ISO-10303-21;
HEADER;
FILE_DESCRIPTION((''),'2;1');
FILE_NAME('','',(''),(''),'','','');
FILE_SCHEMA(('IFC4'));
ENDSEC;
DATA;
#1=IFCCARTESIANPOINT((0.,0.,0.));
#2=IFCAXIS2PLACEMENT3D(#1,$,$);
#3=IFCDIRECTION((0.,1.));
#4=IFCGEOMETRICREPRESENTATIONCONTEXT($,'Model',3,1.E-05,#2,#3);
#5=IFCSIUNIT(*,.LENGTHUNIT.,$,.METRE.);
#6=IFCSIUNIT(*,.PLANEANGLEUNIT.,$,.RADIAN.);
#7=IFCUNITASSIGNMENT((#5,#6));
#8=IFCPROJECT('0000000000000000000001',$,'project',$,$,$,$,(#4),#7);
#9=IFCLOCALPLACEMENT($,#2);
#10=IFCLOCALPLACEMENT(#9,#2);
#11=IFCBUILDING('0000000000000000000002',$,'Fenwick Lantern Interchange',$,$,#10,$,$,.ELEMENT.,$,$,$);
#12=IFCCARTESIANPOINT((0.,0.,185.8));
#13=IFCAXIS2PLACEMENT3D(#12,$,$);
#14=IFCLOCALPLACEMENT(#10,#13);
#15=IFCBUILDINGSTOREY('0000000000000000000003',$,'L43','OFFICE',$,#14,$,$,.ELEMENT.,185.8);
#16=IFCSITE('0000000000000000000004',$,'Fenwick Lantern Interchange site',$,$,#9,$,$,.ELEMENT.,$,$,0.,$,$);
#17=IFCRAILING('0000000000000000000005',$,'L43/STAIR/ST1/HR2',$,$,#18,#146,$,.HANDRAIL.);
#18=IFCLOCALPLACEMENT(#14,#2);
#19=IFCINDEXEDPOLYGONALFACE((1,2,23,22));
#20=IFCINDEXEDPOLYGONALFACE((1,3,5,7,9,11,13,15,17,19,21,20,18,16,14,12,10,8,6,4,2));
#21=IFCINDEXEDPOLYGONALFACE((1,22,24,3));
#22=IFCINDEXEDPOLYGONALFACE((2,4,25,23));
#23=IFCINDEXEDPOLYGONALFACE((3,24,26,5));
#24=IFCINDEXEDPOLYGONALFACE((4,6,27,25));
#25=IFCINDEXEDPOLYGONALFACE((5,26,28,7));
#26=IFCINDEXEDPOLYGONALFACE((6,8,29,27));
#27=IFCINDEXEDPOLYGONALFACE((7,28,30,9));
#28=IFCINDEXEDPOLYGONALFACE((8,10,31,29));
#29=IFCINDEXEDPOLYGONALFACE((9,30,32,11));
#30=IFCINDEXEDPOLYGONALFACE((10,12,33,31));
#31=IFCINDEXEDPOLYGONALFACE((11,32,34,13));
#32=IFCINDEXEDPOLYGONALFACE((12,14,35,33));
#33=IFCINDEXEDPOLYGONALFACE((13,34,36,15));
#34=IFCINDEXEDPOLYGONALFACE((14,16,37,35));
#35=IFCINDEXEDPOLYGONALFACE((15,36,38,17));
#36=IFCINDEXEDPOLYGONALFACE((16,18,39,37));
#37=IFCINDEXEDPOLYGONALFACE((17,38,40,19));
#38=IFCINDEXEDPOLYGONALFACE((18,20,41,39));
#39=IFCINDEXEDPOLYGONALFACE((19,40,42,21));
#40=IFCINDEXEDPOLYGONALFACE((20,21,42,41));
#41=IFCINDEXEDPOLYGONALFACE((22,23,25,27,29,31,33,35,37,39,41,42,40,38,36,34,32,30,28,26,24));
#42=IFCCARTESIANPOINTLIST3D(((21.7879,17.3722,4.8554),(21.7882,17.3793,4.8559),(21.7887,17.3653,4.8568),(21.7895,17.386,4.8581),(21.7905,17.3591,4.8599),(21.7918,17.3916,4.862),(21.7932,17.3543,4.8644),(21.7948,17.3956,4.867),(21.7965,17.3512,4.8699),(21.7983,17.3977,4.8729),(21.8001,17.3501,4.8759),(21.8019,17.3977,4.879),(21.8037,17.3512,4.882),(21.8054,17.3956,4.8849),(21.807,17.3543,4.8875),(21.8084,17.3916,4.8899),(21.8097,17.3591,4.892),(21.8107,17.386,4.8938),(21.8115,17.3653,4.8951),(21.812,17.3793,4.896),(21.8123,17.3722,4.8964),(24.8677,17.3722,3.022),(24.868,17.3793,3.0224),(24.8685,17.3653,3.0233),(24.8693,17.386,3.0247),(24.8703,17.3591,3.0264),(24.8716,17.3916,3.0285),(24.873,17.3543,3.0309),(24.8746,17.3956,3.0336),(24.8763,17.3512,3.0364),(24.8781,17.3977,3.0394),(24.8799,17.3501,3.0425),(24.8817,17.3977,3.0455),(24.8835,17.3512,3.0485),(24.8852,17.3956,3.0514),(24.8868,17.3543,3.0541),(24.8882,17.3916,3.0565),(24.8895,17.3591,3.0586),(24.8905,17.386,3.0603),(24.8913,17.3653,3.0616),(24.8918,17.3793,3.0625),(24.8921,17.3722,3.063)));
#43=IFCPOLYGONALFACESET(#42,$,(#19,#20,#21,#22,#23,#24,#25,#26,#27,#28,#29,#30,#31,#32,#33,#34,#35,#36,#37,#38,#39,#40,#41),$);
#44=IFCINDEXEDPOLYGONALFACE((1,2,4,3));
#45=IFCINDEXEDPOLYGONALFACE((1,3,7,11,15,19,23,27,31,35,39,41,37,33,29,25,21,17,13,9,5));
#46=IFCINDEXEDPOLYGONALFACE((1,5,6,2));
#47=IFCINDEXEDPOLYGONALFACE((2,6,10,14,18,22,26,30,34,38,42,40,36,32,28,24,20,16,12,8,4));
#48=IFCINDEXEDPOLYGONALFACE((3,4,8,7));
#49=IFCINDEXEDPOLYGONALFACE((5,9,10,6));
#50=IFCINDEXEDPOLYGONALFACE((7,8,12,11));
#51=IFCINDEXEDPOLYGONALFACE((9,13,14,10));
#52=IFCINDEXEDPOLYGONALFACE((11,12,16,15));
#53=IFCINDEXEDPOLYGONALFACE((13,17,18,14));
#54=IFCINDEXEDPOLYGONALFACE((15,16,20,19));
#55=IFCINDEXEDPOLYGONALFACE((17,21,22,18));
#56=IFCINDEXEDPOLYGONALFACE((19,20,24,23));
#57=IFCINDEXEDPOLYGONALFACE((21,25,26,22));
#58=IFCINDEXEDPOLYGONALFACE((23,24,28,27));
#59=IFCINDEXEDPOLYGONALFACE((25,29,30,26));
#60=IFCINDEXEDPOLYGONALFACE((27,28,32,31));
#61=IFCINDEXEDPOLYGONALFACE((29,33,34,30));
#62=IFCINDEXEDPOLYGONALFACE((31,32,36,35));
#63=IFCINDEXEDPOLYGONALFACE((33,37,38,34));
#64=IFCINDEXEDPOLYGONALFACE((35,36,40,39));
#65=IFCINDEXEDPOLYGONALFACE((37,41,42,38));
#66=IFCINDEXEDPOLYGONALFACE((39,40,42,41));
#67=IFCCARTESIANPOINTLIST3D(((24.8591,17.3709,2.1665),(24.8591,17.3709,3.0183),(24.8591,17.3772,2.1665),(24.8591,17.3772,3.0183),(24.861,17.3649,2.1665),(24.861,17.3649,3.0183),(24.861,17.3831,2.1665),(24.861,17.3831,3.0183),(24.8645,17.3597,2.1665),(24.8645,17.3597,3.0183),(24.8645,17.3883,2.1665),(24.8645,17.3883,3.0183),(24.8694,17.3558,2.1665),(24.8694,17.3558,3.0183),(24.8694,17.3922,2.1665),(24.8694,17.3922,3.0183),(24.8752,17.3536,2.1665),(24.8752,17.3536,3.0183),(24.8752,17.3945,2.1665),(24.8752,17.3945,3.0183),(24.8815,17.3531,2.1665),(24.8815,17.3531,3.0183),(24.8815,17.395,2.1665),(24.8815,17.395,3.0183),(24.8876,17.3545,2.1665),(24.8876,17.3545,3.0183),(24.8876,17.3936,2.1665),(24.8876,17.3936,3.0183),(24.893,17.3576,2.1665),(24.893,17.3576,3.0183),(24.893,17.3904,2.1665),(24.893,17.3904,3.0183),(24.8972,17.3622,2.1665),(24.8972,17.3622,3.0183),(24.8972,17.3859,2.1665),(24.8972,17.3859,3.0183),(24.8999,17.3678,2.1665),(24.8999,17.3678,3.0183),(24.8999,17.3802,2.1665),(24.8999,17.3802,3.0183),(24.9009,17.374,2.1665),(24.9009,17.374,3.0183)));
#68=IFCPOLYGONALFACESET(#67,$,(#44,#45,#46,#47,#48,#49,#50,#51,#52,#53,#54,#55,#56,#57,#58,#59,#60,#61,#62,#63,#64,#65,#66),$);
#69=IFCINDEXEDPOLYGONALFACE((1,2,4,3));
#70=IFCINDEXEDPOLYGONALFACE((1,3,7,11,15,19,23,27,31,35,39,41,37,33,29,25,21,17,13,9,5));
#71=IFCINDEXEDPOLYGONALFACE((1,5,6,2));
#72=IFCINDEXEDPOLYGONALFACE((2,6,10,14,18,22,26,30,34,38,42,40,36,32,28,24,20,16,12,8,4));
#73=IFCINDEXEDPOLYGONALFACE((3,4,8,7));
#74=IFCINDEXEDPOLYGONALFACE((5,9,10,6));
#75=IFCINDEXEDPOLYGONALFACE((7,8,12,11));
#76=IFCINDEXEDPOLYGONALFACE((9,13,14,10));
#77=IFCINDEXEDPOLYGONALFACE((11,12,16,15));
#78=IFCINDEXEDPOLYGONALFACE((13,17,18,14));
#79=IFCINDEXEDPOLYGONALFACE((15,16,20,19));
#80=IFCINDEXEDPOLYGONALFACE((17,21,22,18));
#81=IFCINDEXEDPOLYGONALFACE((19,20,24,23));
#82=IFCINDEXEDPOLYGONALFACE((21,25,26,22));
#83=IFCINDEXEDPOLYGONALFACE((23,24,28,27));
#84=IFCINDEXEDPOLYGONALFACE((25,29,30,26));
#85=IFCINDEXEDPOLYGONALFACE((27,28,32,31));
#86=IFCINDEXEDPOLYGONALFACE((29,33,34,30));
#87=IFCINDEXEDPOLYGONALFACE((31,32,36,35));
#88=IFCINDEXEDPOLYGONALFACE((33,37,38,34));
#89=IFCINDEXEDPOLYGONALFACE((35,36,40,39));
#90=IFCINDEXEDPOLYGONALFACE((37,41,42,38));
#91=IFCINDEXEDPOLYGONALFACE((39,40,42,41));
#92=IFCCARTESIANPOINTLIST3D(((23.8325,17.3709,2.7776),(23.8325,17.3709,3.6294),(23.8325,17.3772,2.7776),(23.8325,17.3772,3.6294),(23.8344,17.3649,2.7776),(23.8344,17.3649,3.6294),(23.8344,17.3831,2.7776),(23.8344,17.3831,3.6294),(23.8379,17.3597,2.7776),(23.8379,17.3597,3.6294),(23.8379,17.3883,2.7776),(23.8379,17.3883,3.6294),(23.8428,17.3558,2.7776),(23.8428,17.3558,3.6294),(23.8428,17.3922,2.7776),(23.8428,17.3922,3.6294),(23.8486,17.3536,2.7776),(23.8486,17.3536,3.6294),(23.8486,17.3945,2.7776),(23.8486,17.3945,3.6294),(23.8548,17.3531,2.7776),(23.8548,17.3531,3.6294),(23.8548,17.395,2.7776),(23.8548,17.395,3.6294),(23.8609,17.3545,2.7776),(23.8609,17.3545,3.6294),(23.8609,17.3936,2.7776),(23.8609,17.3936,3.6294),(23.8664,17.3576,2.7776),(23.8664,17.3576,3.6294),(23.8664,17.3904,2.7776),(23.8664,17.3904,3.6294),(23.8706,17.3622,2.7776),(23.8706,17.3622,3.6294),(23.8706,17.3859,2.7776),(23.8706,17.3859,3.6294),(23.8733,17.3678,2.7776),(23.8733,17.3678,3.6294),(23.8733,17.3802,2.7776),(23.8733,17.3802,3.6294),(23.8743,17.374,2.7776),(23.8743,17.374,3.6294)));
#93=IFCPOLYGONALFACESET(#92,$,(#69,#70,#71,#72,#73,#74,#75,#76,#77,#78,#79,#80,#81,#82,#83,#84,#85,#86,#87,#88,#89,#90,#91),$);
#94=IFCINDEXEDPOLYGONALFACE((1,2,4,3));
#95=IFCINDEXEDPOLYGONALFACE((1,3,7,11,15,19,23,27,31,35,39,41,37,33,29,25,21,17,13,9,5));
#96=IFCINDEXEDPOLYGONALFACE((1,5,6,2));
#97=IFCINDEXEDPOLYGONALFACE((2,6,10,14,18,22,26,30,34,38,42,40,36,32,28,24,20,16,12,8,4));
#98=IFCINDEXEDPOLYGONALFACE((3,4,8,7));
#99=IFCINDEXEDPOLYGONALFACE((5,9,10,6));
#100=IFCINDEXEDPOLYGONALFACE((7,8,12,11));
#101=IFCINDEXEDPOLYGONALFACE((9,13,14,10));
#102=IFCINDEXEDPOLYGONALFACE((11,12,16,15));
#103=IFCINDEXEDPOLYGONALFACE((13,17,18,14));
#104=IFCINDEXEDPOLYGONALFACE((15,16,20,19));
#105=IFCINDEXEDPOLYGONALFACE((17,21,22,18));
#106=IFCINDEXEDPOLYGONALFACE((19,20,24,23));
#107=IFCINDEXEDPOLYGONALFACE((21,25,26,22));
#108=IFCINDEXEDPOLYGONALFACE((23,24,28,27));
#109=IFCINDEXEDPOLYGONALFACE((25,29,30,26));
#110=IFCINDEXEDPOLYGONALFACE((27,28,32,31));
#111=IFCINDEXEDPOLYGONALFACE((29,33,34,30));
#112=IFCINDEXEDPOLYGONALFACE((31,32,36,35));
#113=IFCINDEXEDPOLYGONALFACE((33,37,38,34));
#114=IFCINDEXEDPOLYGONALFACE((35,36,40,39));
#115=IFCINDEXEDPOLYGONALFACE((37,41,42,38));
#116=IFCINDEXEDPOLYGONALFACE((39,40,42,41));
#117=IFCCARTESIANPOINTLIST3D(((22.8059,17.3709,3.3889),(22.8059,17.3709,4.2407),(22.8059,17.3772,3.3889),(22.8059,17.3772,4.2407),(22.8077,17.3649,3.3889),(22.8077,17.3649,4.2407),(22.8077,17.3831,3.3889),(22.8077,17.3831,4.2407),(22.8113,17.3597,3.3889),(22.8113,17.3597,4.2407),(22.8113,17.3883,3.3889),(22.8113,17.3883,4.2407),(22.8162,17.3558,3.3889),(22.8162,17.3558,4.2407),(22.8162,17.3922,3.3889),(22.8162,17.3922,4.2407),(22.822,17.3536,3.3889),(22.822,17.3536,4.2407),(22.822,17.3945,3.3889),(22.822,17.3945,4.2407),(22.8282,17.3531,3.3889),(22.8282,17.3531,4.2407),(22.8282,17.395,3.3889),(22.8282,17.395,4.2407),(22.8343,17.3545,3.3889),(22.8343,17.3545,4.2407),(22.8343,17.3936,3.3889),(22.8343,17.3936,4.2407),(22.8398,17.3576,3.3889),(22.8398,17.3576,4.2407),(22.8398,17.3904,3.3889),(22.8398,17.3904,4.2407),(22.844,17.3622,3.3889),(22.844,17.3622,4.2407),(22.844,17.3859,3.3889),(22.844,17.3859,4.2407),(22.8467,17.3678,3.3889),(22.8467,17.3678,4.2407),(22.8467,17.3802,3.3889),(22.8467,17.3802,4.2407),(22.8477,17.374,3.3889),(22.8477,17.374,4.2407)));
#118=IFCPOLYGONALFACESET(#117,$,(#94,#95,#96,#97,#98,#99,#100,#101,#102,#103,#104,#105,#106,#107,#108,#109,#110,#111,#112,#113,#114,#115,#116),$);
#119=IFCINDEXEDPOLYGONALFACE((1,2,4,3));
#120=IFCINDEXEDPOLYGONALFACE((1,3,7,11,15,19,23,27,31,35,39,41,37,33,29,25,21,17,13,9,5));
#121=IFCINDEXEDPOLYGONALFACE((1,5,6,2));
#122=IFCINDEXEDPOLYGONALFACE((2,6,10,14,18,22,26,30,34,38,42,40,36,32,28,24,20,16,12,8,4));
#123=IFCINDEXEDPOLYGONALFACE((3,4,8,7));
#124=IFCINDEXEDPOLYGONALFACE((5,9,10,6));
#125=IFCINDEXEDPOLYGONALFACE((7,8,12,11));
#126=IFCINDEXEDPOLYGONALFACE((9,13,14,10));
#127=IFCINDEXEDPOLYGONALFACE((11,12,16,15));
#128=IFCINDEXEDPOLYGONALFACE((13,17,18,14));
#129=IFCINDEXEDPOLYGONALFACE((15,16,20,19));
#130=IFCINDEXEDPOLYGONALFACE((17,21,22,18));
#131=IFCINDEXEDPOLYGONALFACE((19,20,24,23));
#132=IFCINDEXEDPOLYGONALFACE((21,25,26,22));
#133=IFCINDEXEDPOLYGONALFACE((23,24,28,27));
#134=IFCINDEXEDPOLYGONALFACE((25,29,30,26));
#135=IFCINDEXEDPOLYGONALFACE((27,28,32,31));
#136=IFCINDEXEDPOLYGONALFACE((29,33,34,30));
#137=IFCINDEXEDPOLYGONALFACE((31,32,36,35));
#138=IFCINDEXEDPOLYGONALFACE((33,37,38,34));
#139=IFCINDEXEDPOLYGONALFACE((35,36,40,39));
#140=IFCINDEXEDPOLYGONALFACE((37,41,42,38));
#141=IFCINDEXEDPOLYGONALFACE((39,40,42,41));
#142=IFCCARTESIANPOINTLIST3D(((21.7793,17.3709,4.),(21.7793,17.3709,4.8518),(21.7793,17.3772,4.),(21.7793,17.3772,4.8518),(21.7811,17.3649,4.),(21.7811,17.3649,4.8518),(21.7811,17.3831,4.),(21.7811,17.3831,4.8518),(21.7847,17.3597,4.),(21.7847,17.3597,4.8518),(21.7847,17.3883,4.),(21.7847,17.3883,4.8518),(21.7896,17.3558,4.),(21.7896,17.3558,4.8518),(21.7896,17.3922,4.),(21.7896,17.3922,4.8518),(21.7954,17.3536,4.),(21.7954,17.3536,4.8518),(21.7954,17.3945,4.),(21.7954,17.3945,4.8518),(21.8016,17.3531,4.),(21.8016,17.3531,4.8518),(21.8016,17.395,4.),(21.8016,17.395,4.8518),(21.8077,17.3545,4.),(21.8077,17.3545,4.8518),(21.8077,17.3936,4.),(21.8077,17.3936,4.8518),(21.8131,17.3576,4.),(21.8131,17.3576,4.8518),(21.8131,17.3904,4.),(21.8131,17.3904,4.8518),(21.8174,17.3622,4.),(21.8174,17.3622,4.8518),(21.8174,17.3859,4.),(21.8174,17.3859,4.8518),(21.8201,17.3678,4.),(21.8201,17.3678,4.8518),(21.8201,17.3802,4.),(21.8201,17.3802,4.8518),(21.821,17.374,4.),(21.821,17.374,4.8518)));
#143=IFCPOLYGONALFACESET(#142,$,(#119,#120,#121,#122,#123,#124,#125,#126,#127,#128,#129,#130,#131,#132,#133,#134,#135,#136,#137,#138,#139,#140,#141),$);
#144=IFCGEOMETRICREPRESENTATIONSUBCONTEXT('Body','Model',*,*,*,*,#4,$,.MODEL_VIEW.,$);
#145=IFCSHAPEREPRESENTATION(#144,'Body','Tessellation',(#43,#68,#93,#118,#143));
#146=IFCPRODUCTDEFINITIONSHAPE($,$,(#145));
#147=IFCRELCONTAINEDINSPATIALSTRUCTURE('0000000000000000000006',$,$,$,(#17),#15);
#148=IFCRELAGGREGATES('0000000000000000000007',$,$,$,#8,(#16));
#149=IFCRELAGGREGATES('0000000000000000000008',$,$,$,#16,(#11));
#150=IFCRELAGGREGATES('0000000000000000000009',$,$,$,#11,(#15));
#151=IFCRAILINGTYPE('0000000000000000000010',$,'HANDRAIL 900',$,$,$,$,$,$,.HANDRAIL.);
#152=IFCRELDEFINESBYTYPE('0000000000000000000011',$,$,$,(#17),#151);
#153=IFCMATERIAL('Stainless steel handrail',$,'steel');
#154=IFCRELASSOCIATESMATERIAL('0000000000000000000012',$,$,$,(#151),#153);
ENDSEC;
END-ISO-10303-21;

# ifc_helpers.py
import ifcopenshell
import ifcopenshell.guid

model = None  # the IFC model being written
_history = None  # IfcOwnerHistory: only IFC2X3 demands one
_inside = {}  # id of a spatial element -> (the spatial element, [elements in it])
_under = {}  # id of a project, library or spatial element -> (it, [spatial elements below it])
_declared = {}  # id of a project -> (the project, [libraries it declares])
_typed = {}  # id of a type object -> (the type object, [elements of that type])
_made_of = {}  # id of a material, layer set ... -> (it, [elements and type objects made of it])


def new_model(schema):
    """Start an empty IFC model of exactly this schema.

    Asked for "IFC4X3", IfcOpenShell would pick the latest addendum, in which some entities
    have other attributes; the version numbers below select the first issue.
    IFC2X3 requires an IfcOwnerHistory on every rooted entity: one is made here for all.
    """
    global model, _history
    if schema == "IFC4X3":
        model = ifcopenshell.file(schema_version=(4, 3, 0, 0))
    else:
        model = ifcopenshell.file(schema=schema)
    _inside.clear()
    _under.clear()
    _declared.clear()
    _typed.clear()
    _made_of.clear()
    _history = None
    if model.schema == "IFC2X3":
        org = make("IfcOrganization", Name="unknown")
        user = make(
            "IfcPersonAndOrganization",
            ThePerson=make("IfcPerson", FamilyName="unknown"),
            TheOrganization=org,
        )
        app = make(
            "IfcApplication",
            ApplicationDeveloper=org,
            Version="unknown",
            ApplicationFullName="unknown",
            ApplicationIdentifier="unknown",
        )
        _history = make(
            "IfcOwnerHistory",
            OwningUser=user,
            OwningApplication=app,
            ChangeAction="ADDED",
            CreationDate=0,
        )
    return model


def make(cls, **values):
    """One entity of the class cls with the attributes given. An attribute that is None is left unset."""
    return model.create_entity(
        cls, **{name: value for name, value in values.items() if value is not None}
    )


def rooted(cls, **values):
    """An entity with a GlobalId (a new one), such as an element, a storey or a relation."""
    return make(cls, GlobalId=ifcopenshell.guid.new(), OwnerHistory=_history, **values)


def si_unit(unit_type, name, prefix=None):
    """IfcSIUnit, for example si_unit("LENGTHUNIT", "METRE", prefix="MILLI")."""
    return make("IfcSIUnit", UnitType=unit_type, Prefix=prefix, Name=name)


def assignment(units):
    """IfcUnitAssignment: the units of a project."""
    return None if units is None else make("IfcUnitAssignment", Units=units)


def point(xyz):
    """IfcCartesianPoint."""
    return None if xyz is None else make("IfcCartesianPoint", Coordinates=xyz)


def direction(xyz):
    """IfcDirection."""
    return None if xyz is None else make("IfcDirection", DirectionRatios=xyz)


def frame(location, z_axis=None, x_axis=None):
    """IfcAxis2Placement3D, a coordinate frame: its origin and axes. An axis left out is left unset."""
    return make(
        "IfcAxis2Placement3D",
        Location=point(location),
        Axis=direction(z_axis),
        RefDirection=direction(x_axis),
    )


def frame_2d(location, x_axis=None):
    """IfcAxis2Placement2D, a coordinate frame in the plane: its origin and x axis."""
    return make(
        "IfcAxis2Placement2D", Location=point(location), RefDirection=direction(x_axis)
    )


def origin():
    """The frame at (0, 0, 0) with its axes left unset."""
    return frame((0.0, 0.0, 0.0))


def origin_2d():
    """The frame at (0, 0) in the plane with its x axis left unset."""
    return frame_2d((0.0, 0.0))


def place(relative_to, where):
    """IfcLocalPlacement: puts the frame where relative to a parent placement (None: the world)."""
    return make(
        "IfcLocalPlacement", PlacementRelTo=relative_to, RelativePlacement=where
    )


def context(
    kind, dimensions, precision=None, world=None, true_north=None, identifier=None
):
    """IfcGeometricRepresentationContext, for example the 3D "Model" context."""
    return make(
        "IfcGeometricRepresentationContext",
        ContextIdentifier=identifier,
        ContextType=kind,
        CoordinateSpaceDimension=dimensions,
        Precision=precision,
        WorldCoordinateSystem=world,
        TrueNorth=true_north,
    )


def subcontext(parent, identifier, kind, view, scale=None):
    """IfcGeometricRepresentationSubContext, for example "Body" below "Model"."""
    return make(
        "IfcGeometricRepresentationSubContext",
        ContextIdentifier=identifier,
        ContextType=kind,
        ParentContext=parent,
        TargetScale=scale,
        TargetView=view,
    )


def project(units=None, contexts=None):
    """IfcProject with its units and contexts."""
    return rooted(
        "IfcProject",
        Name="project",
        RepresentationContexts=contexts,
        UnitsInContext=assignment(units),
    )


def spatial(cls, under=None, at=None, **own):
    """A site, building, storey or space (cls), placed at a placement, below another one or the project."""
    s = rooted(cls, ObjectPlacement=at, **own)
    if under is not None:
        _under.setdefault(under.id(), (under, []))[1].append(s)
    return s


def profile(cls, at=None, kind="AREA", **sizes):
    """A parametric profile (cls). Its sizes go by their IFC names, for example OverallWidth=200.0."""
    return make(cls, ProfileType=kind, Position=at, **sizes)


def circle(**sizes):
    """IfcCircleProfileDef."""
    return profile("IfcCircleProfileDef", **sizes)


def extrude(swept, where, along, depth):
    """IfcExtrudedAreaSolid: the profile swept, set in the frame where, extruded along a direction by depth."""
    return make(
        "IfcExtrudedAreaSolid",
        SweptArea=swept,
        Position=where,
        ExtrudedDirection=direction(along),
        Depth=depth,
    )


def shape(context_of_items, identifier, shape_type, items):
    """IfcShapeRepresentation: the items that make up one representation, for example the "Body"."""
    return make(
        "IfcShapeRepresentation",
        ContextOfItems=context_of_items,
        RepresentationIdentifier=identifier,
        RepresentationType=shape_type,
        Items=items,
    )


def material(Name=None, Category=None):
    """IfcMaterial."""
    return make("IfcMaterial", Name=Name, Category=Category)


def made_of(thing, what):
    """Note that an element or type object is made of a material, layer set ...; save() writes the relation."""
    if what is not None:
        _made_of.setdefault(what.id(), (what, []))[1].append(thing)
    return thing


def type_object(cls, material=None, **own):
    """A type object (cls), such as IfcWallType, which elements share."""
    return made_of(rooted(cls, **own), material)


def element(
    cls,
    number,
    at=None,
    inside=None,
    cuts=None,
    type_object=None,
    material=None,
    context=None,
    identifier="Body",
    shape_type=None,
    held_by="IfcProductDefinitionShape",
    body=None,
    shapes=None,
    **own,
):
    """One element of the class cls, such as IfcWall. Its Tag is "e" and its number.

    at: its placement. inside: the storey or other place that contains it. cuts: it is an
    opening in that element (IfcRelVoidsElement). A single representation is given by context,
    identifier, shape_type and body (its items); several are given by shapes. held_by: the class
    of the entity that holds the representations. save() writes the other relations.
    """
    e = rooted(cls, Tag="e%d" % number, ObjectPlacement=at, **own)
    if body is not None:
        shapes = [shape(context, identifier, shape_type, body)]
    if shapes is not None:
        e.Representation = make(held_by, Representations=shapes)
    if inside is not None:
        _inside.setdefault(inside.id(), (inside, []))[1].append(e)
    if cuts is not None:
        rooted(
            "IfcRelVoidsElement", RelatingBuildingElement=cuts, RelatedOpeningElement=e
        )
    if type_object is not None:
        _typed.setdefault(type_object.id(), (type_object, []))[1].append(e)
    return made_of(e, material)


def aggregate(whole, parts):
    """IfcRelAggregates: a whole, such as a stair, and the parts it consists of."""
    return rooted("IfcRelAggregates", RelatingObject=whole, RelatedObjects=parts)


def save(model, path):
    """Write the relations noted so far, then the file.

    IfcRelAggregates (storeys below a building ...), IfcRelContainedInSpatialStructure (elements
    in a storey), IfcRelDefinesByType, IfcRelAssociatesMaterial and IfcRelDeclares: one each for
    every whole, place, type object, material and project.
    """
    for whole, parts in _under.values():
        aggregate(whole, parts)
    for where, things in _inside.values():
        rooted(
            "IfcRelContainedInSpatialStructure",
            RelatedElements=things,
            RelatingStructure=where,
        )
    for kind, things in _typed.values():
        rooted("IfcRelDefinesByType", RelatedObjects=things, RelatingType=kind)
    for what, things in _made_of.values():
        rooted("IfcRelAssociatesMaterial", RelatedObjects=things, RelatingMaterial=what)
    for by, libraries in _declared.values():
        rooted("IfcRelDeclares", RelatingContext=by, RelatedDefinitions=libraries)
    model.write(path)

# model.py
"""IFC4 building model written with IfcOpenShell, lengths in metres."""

from ifc_helpers import new_model, si_unit, direction, frame, origin, origin_2d, place, context, subcontext, project, spatial, circle, extrude, material, type_object, element, save


model = new_model("IFC4")

# Units and contexts
model_context = context("Model", 3, precision=1e-05, world=origin(), true_north=direction((0.0, 1.0)))
body_context = subcontext(model_context, "Body", "Model", "MODEL_VIEW")
ifc_project = project(units=[si_unit("LENGTHUNIT", "METRE"), si_unit("PLANEANGLEUNIT", "RADIAN")], contexts=[model_context])

# Site, building, storey
site_placement = place(None, origin())
site = spatial("IfcSite", under=ifc_project, at=site_placement, Name="Fenwick Lantern Interchange site", CompositionType="ELEMENT", RefElevation=0.0)
building_placement = place(site_placement, origin())
building = spatial("IfcBuilding", under=site, at=building_placement, Name="Fenwick Lantern Interchange", CompositionType="ELEMENT")
storey_placement = place(building_placement, frame((0.0, 0.0, 185.8)))
storey = spatial("IfcBuildingStorey", under=building, at=storey_placement, Name="L43", Description="OFFICE", CompositionType="ELEMENT", Elevation=185.8)

# Railing
ifc_material_1 = material(Name="Stainless steel handrail", Category="steel")
railing_type = type_object("IfcRailingType", Name="HANDRAIL 900", PredefinedType="HANDRAIL", material=ifc_material_1)
railing_1_placement = place(storey_placement, frame((24.8799, 17.374, 2.1665)))
element("IfcRailing", 1, at=railing_1_placement, inside=storey, type_object=railing_type, Name="L43/STAIR/ST1/HR2", PredefinedType="HANDRAIL", context=body_context, shape_type="SweptSolid", body=[
    extrude(circle(Radius=0.0239, at=origin_2d()), frame((0.0, 0.0, 0.876), z_axis=(-0.859261, 0.0, 0.511538), x_axis=(0.0, -1.0, 0.0)), (0.0, 0.0, 1.0), 3.5842),
    extrude(circle(Radius=0.021, at=origin_2d()), origin(), (0.0, 0.0, 1.0), 0.8518),
    extrude(circle(Radius=0.021, at=origin_2d()), frame((-1.0266, 0.0, 0.6111)), (0.0, 0.0, 1.0), 0.8518),
    extrude(circle(Radius=0.021, at=origin_2d()), frame((-2.0532, 0.0, 1.2224)), (0.0, 0.0, 1.0), 0.8518),
    extrude(circle(Radius=0.021, at=origin_2d()), frame((-3.0798, 0.0, 1.8335)), (0.0, 0.0, 1.0), 0.8518),
])

save(model, "model.ifc")
